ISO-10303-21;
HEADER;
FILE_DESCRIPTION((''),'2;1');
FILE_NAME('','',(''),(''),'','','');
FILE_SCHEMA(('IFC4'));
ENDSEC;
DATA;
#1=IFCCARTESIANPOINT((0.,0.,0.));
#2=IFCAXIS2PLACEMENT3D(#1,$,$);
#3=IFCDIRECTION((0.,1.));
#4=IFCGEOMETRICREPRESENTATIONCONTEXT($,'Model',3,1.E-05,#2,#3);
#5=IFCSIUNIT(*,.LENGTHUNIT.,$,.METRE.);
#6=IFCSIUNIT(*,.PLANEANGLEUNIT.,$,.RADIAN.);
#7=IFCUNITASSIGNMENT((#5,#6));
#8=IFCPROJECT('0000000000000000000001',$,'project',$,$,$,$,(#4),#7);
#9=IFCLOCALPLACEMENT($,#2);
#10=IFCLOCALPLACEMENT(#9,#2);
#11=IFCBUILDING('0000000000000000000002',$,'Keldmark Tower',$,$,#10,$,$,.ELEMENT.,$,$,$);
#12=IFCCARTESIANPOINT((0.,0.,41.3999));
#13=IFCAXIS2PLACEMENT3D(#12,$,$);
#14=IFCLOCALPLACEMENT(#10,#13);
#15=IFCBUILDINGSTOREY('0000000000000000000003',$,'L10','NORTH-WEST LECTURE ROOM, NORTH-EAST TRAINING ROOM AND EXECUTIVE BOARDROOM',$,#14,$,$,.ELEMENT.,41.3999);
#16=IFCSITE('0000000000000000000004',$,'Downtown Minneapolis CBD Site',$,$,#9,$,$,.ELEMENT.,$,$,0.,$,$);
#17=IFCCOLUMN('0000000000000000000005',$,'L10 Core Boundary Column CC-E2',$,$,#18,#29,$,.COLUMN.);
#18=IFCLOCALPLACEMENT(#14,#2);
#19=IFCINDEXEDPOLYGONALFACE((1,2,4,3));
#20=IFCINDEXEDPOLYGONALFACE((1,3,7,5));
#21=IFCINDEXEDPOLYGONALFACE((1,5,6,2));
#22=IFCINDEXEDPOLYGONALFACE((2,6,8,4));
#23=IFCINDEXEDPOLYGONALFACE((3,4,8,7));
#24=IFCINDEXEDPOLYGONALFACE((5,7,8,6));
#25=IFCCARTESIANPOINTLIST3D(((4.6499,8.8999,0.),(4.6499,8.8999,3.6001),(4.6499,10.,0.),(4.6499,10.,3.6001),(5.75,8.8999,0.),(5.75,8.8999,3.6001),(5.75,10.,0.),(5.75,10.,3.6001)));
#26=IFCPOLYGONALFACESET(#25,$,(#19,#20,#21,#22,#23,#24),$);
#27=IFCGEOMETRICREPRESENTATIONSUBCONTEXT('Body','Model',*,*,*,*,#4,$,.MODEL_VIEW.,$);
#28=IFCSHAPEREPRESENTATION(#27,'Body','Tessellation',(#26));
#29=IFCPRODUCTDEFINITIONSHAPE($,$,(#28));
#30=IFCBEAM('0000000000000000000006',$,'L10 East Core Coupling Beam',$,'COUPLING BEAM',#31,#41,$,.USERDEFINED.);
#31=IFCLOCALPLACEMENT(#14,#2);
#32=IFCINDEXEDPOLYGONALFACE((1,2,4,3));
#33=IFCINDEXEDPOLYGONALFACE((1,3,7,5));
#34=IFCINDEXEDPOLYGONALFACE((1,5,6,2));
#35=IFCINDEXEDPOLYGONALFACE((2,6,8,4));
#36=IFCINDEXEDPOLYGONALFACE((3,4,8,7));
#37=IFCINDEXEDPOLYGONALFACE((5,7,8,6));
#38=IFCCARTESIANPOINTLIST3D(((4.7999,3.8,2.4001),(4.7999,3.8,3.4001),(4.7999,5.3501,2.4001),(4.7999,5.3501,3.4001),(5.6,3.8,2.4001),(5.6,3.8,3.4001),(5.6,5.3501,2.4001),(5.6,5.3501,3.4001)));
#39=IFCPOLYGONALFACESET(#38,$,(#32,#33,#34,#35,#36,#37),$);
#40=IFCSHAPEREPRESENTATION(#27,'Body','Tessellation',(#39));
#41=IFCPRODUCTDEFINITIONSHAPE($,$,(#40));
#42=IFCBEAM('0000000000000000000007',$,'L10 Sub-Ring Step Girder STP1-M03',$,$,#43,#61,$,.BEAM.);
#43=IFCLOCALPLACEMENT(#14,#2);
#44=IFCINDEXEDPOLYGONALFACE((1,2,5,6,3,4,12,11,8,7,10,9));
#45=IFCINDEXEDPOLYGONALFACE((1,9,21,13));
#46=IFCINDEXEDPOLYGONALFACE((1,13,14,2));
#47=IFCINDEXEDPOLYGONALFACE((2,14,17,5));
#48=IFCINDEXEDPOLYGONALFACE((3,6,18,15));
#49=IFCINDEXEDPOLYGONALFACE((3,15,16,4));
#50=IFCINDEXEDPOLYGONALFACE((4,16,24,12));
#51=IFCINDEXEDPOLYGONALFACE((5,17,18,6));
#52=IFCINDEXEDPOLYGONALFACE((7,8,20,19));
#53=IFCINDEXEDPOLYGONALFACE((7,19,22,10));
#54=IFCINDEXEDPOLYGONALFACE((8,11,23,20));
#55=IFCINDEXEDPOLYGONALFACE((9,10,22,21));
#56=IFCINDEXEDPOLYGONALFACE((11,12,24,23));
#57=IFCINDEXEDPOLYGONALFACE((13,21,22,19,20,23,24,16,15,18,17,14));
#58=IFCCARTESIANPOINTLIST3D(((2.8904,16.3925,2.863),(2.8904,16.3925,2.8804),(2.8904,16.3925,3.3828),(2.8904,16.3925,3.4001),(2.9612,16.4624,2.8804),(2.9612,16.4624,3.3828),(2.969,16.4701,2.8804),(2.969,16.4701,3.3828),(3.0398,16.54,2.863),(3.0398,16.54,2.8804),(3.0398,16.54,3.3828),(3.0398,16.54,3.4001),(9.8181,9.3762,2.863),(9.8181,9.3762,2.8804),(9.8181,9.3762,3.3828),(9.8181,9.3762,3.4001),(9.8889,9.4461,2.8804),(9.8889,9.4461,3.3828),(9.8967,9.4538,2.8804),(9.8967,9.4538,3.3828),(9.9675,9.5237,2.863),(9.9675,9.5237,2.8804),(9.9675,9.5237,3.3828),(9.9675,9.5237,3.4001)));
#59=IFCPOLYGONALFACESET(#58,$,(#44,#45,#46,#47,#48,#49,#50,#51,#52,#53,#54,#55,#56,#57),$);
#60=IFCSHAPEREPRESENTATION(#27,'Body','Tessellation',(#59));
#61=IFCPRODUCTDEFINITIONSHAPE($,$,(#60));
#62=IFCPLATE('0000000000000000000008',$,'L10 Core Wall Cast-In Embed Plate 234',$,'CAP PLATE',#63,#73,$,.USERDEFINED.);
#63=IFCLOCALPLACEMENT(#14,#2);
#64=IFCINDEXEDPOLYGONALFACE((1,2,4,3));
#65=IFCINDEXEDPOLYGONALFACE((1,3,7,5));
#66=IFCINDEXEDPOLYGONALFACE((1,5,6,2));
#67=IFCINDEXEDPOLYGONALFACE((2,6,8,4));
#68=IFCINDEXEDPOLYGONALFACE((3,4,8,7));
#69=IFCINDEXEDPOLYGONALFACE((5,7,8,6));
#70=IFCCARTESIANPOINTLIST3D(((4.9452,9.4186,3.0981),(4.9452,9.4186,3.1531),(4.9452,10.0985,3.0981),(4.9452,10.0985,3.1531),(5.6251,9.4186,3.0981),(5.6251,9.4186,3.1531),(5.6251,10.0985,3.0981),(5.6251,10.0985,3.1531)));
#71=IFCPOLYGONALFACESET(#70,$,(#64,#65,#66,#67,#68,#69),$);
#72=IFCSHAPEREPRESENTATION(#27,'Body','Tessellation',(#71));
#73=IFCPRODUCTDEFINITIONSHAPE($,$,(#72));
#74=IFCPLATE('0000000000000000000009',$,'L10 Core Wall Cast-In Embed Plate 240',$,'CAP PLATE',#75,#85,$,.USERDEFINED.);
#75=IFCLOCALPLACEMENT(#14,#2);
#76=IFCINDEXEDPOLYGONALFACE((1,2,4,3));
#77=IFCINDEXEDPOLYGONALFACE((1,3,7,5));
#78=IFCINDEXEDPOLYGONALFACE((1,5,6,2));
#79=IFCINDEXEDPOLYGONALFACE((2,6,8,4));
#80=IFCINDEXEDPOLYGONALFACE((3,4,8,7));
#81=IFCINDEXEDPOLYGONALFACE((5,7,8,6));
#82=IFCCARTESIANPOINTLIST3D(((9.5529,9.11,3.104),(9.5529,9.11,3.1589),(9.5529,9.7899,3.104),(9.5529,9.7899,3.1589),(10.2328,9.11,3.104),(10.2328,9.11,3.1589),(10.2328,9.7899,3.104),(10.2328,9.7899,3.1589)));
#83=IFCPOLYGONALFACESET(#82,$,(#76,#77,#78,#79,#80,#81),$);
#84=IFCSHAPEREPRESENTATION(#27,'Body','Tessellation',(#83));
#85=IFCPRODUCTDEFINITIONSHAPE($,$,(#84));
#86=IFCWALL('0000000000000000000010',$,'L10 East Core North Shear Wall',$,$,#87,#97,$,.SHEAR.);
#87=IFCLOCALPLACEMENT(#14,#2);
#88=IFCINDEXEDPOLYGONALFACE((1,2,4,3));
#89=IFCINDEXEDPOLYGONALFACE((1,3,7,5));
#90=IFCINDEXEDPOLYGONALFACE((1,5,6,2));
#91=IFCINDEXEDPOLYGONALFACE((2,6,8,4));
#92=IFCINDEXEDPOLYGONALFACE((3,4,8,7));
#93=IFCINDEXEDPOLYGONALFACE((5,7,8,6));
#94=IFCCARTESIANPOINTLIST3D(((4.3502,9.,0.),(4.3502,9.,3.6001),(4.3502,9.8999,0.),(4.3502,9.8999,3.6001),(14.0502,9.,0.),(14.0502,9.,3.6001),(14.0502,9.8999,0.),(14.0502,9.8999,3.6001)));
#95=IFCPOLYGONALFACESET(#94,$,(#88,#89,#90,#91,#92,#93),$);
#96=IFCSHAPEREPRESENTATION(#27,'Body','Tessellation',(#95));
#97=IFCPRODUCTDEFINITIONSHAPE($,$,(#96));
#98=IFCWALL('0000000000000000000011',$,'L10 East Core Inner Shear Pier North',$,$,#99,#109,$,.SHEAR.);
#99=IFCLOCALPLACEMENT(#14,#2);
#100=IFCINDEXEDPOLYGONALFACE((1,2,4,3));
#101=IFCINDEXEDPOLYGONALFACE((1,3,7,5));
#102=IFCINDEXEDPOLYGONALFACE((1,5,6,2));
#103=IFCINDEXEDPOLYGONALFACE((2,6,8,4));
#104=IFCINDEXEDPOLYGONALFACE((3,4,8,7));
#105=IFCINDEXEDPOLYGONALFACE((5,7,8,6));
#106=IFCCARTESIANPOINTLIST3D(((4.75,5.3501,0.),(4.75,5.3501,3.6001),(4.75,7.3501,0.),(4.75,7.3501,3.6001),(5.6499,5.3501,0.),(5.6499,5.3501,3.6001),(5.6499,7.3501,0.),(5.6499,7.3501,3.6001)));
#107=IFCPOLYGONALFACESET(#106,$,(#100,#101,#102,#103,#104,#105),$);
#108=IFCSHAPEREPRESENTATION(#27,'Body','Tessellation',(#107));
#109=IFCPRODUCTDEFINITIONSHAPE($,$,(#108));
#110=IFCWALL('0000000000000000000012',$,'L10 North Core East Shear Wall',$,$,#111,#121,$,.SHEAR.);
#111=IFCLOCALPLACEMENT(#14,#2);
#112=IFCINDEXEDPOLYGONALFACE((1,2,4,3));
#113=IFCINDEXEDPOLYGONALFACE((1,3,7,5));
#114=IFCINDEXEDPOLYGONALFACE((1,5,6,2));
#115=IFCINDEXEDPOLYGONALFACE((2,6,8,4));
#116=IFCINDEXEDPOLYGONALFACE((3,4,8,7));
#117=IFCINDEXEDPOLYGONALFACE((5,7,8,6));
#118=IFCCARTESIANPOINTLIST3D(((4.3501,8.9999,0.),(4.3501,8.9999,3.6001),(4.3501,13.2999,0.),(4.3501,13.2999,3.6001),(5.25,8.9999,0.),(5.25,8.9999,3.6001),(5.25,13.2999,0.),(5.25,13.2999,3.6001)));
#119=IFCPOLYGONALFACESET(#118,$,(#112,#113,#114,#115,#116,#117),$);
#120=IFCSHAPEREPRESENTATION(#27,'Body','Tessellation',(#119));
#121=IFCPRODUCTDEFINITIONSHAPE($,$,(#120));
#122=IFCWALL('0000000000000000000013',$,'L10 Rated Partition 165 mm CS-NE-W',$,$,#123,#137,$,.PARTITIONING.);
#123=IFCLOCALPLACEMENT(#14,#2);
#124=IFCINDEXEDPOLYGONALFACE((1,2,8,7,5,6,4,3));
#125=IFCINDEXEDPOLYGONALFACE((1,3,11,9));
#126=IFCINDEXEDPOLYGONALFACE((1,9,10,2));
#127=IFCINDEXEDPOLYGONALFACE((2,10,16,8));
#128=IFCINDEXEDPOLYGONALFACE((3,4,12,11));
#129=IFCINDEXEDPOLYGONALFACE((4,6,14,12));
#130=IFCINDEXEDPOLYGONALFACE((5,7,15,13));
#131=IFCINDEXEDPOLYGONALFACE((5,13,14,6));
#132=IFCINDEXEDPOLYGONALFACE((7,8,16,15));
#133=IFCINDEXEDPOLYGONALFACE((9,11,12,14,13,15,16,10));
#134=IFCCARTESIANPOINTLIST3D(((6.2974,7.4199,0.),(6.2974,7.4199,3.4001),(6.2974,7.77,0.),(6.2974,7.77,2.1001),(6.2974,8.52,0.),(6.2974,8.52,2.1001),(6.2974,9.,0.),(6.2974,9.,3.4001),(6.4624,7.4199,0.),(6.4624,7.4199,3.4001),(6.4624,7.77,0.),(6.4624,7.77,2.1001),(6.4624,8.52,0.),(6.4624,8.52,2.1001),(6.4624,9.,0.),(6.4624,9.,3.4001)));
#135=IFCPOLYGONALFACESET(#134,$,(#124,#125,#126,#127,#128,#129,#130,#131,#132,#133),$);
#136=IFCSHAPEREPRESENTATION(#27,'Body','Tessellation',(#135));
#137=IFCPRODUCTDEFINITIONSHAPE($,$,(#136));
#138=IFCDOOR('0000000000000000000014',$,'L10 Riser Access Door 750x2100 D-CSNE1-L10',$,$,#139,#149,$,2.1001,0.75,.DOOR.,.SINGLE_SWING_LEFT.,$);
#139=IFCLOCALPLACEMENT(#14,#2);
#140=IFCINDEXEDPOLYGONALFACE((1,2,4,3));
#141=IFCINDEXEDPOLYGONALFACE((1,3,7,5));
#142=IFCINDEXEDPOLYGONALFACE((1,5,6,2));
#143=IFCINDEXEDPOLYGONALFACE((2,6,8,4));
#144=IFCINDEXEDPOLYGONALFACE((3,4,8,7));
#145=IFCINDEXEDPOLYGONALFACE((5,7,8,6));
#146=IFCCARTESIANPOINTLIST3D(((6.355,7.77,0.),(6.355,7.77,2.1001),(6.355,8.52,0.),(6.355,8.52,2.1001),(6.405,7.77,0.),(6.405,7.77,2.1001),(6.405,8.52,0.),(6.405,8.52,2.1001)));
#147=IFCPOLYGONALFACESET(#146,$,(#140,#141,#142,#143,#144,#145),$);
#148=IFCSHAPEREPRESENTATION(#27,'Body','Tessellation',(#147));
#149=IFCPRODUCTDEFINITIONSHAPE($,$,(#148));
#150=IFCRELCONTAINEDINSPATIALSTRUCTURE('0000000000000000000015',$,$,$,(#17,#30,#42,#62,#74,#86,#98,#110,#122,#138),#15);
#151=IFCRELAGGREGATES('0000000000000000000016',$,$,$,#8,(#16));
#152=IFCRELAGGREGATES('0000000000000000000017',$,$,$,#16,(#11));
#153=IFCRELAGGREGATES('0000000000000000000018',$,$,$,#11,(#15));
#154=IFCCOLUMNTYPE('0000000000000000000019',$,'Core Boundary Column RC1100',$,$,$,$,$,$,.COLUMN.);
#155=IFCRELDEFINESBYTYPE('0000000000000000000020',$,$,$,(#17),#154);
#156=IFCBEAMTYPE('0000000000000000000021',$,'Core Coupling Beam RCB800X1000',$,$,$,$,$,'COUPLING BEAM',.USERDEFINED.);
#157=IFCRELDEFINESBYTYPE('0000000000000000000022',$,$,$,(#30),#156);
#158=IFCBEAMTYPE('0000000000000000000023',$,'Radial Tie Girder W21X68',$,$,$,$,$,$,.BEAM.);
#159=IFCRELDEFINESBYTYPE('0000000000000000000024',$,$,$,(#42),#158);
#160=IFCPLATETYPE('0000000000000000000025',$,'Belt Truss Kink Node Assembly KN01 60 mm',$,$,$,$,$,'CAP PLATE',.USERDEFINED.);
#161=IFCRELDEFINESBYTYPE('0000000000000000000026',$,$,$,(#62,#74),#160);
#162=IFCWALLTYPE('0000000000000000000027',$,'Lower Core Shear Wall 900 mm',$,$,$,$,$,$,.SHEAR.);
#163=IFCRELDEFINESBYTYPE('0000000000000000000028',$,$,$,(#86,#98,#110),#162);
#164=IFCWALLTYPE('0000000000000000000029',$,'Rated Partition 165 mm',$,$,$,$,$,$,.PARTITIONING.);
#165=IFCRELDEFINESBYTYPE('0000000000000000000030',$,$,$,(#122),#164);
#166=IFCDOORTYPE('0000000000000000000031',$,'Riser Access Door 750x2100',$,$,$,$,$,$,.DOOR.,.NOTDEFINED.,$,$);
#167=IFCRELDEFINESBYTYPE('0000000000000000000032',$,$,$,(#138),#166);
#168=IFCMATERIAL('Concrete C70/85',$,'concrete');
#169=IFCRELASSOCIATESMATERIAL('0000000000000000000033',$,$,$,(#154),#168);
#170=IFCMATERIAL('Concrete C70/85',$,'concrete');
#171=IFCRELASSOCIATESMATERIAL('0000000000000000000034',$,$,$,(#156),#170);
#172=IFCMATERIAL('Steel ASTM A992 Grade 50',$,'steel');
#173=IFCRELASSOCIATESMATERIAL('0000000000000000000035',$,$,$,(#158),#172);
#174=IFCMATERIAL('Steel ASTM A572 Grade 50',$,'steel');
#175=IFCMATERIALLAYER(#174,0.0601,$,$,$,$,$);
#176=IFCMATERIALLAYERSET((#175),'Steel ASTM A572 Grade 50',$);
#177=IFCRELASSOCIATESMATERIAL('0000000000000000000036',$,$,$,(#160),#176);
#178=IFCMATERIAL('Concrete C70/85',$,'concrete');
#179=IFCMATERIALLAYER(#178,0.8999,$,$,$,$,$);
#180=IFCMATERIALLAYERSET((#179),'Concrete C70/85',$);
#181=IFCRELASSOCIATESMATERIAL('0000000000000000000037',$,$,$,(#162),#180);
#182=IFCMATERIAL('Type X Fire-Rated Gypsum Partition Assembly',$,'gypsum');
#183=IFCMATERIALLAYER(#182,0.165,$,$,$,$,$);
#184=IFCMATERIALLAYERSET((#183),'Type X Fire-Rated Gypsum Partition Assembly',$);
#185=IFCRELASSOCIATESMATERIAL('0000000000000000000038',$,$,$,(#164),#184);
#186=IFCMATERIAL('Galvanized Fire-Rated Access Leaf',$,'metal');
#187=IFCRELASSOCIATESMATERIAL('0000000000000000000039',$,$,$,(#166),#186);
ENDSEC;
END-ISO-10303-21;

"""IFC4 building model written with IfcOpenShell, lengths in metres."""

from ifc_helpers import new_model, si_unit, direction, frame, frame_2d, origin, origin_2d, place, context, subcontext, project, spatial, rectangle, i_section, extrude, material, layer, layer_set, material_profile, profile_set, type_object, element, fill, save


model = new_model("IFC4")

# Units and contexts
model_context = context("Model", 3, precision=1e-05, world=origin(), true_north=direction((0.0, 1.0)))
body_context = subcontext(model_context, "Body", "Model", "MODEL_VIEW")
ifc_project = project(units=[si_unit("LENGTHUNIT", "METRE"), si_unit("PLANEANGLEUNIT", "RADIAN")], contexts=[model_context])

# Site, building, storey
site_placement = place(None, origin())
site = spatial("IfcSite", under=ifc_project, at=site_placement, Name="Downtown Minneapolis CBD Site", CompositionType="ELEMENT", RefElevation=0.0)
building_placement = place(site_placement, origin())
building = spatial("IfcBuilding", under=site, at=building_placement, Name="Keldmark Tower", CompositionType="ELEMENT")
storey_placement = place(building_placement, frame((0.0, 0.0, 41.3999)))
storey = spatial("IfcBuildingStorey", under=building, at=storey_placement, Name="L10", Description="NORTH-WEST LECTURE ROOM, NORTH-EAST TRAINING ROOM AND EXECUTIVE BOARDROOM", CompositionType="ELEMENT", Elevation=41.3999)

# Column
ifc_material_1 = material(Name="Concrete C70/85", Category="concrete")
ifc_material_profile_1 = material_profile(ifc_material_1, rectangle(XDim=1.1001, YDim=1.1001, at=origin_2d()), Name="RC1100X1100")
ifc_profile_set_1 = profile_set([ifc_material_profile_1], Name="Concrete C70/85")
column_type = type_object("IfcColumnType", Name="Core Boundary Column RC1100", PredefinedType="COLUMN", material=ifc_profile_set_1)
column_placement = place(storey_placement, frame((5.2, 9.45, 0.0), z_axis=(0.0, 0.0, 1.0), x_axis=(1.0, 0.0, 0.0)))
element("IfcColumn", 1, at=column_placement, inside=storey, type_object=column_type, Name="L10 Core Boundary Column CC-E2", PredefinedType="COLUMN", context=body_context, shape_type="SweptSolid", body=[
    extrude(rectangle(XDim=1.1001, YDim=1.1001, at=origin_2d()), origin(), (0.0, 0.0, 1.0), 3.6001),
])

# Beams
ifc_material_2 = material(Name="Concrete C70/85", Category="concrete")
ifc_material_profile_2 = material_profile(ifc_material_2, rectangle(XDim=0.8, YDim=1.0, at=origin_2d()), Name="RCB800X1000")
ifc_profile_set_2 = profile_set([ifc_material_profile_2], Name="Concrete C70/85")
beam_type_1 = type_object("IfcBeamType", Name="Core Coupling Beam RCB800X1000", ElementType="COUPLING BEAM", PredefinedType="USERDEFINED", material=ifc_profile_set_2)
beam_1_placement = place(storey_placement, frame((5.2, 3.8, 2.9001), z_axis=(0.0, 1.0, 0.0), x_axis=(-1.0, 0.0, 0.0)))
element("IfcBeam", 2, at=beam_1_placement, inside=storey, type_object=beam_type_1, Name="L10 East Core Coupling Beam", ObjectType="COUPLING BEAM", PredefinedType="USERDEFINED", context=body_context, shape_type="SweptSolid", body=[
    extrude(rectangle(XDim=0.8, YDim=1.0, at=origin_2d()), origin(), (0.0, 0.0, 1.0), 1.55),
])
ifc_material_3 = material(Name="Steel ASTM A992 Grade 50", Category="steel")
ifc_material_profile_3 = material_profile(ifc_material_3, i_section(OverallWidth=0.21, OverallDepth=0.5371, WebThickness=0.011, FlangeThickness=0.0173, at=origin_2d()), Name="W21X68")
ifc_profile_set_3 = profile_set([ifc_material_profile_3], Name="Steel ASTM A992 Grade 50")
beam_type_2 = type_object("IfcBeamType", Name="Radial Tie Girder W21X68", PredefinedType="BEAM", material=ifc_profile_set_3)
beam_2_placement = place(storey_placement, frame((9.8928, 9.45, 3.1316), z_axis=(-0.702599, 0.711586, 0.0), x_axis=(-0.711586, -0.702599, 0.0)))
element("IfcBeam", 3, at=beam_2_placement, inside=storey, type_object=beam_type_2, Name="L10 Sub-Ring Step Girder STP1-M03", PredefinedType="BEAM", context=body_context, shape_type="SweptSolid", body=[
    extrude(i_section(OverallWidth=0.21, OverallDepth=0.5371, WebThickness=0.011, FlangeThickness=0.0173, at=origin_2d()), origin(), (0.0, 0.0, 1.0), 9.8601),
])

# Plates
ifc_material_4 = material(Name="Steel ASTM A572 Grade 50", Category="steel")
ifc_layer_1 = layer(ifc_material_4, 0.0601)
ifc_layer_set_1 = layer_set([ifc_layer_1], Name="Steel ASTM A572 Grade 50")
plate_type = type_object("IfcPlateType", Name="Belt Truss Kink Node Assembly KN01 60 mm", ElementType="CAP PLATE", PredefinedType="USERDEFINED", material=ifc_layer_set_1)
for number, where, z_axis, x_axis, name in (
    (4, (5.2852, 9.7585, 3.0981), (0.0, 0.0, 1.0), (1.0, 0.0, 0.0), "L10 Core Wall Cast-In Embed Plate 234"),
    (5, (9.8928, 9.45, 3.104), (0.0, 0.0, 1.0), (1.0, 0.0, 0.0), "L10 Core Wall Cast-In Embed Plate 240"),
):
    element("IfcPlate", number, at=place(storey_placement, frame(where, z_axis=z_axis, x_axis=x_axis)), inside=storey, type_object=plate_type, Name=name, ObjectType="CAP PLATE", PredefinedType="USERDEFINED", context=body_context, shape_type="SweptSolid", body=[
        extrude(rectangle(XDim=0.6799, YDim=0.6799, at=origin_2d()), origin(), (0.0, 0.0, 1.0), 0.0549),
    ])

# Walls
ifc_material_5 = material(Name="Concrete C70/85", Category="concrete")
ifc_layer_2 = layer(ifc_material_5, 0.8999)
ifc_layer_set_2 = layer_set([ifc_layer_2], Name="Concrete C70/85")
wall_type_1 = type_object("IfcWallType", Name="Lower Core Shear Wall 900 mm", PredefinedType="SHEAR", material=ifc_layer_set_2)
wall_1_placement = place(storey_placement, frame((4.3501, 9.45, 0.0), z_axis=(0.0, 0.0, 1.0), x_axis=(1.0, 0.0, 0.0)))
element("IfcWall", 6, at=wall_1_placement, inside=storey, type_object=wall_type_1, Name="L10 East Core North Shear Wall", PredefinedType="SHEAR", context=body_context, shape_type="SweptSolid", body=[
    extrude(rectangle(XDim=9.7, YDim=0.8999, at=frame_2d((4.8501, 0.0))), origin(), (0.0, 0.0, 1.0), 3.6001),
])
wall_2_placement = place(storey_placement, frame((5.2, 5.3501, 0.0), z_axis=(0.0, 0.0, 1.0), x_axis=(0.0, 1.0, 0.0)))
element("IfcWall", 7, at=wall_2_placement, inside=storey, type_object=wall_type_1, Name="L10 East Core Inner Shear Pier North", PredefinedType="SHEAR", context=body_context, shape_type="SweptSolid", body=[
    extrude(rectangle(XDim=2.0, YDim=0.8999, at=frame_2d((1.0, 0.0))), origin(), (0.0, 0.0, 1.0), 3.6001),
])
wall_3_placement = place(storey_placement, frame((4.8, 9.0, 0.0), z_axis=(0.0, 0.0, 1.0), x_axis=(0.0, 1.0, 0.0)))
element("IfcWall", 8, at=wall_3_placement, inside=storey, type_object=wall_type_1, Name="L10 North Core East Shear Wall", PredefinedType="SHEAR", context=body_context, shape_type="SweptSolid", body=[
    extrude(rectangle(XDim=4.3, YDim=0.8999, at=frame_2d((2.1499, 0.0))), origin(), (0.0, 0.0, 1.0), 3.6001),
])

# Wall, opening, door
ifc_material_6 = material(Name="Type X Fire-Rated Gypsum Partition Assembly", Category="gypsum")
ifc_layer_3 = layer(ifc_material_6, 0.165)
ifc_layer_set_3 = layer_set([ifc_layer_3], Name="Type X Fire-Rated Gypsum Partition Assembly")
wall_type_2 = type_object("IfcWallType", Name="Rated Partition 165 mm", PredefinedType="PARTITIONING", material=ifc_layer_set_3)
wall_4_placement = place(storey_placement, frame((6.3799, 7.4199, 0.0), z_axis=(0.0, 0.0, 1.0), x_axis=(0.0, 1.0, 0.0)))
wall_4 = element("IfcWall", 9, at=wall_4_placement, inside=storey, type_object=wall_type_2, Name="L10 Rated Partition 165 mm CS-NE-W", PredefinedType="PARTITIONING", context=body_context, shape_type="SweptSolid", body=[
    extrude(rectangle(XDim=1.5801, YDim=0.165, at=frame_2d((0.79, 0.0))), origin(), (0.0, 0.0, 1.0), 3.4001),
])
opening_1_placement = place(wall_4_placement, frame((0.3501, 0.0, 0.0)))
opening_1 = element("IfcOpeningElement", 10, at=opening_1_placement, cuts=wall_4, PredefinedType="OPENING", context=body_context, shape_type="SweptSolid", body=[
    extrude(rectangle(XDim=0.75, YDim=2.1001, at=frame_2d((0.375, 1.05))), frame((0.0, 0.0925, 0.0), z_axis=(0.0, -1.0, 0.0), x_axis=(1.0, 0.0, 0.0)), (0.0, 0.0, 1.0), 0.1851),
])
ifc_material_7 = material(Name="Galvanized Fire-Rated Access Leaf", Category="metal")
door_type_1 = type_object("IfcDoorType", Name="Riser Access Door 750x2100", OperationType="NOTDEFINED", PredefinedType="DOOR", material=ifc_material_7)
door_1_placement = place(opening_1_placement, origin())
door_1 = element("IfcDoor", 11, at=door_1_placement, inside=storey, type_object=door_type_1, Name="L10 Riser Access Door 750x2100 D-CSNE1-L10", OperationType="SINGLE_SWING_LEFT", OverallHeight=2.1001, OverallWidth=0.75, PredefinedType="DOOR", context=body_context, shape_type="SweptSolid", body=[
    extrude(rectangle(XDim=0.75, YDim=2.1001, at=frame_2d((0.375, 1.05))), frame((0.0, 0.0249, 0.0), z_axis=(0.0, -1.0, 0.0), x_axis=(1.0, 0.0, 0.0)), (0.0, 0.0, 1.0), 0.05),
])
fill(opening_1, door_1)

save(model, "model.ifc")
